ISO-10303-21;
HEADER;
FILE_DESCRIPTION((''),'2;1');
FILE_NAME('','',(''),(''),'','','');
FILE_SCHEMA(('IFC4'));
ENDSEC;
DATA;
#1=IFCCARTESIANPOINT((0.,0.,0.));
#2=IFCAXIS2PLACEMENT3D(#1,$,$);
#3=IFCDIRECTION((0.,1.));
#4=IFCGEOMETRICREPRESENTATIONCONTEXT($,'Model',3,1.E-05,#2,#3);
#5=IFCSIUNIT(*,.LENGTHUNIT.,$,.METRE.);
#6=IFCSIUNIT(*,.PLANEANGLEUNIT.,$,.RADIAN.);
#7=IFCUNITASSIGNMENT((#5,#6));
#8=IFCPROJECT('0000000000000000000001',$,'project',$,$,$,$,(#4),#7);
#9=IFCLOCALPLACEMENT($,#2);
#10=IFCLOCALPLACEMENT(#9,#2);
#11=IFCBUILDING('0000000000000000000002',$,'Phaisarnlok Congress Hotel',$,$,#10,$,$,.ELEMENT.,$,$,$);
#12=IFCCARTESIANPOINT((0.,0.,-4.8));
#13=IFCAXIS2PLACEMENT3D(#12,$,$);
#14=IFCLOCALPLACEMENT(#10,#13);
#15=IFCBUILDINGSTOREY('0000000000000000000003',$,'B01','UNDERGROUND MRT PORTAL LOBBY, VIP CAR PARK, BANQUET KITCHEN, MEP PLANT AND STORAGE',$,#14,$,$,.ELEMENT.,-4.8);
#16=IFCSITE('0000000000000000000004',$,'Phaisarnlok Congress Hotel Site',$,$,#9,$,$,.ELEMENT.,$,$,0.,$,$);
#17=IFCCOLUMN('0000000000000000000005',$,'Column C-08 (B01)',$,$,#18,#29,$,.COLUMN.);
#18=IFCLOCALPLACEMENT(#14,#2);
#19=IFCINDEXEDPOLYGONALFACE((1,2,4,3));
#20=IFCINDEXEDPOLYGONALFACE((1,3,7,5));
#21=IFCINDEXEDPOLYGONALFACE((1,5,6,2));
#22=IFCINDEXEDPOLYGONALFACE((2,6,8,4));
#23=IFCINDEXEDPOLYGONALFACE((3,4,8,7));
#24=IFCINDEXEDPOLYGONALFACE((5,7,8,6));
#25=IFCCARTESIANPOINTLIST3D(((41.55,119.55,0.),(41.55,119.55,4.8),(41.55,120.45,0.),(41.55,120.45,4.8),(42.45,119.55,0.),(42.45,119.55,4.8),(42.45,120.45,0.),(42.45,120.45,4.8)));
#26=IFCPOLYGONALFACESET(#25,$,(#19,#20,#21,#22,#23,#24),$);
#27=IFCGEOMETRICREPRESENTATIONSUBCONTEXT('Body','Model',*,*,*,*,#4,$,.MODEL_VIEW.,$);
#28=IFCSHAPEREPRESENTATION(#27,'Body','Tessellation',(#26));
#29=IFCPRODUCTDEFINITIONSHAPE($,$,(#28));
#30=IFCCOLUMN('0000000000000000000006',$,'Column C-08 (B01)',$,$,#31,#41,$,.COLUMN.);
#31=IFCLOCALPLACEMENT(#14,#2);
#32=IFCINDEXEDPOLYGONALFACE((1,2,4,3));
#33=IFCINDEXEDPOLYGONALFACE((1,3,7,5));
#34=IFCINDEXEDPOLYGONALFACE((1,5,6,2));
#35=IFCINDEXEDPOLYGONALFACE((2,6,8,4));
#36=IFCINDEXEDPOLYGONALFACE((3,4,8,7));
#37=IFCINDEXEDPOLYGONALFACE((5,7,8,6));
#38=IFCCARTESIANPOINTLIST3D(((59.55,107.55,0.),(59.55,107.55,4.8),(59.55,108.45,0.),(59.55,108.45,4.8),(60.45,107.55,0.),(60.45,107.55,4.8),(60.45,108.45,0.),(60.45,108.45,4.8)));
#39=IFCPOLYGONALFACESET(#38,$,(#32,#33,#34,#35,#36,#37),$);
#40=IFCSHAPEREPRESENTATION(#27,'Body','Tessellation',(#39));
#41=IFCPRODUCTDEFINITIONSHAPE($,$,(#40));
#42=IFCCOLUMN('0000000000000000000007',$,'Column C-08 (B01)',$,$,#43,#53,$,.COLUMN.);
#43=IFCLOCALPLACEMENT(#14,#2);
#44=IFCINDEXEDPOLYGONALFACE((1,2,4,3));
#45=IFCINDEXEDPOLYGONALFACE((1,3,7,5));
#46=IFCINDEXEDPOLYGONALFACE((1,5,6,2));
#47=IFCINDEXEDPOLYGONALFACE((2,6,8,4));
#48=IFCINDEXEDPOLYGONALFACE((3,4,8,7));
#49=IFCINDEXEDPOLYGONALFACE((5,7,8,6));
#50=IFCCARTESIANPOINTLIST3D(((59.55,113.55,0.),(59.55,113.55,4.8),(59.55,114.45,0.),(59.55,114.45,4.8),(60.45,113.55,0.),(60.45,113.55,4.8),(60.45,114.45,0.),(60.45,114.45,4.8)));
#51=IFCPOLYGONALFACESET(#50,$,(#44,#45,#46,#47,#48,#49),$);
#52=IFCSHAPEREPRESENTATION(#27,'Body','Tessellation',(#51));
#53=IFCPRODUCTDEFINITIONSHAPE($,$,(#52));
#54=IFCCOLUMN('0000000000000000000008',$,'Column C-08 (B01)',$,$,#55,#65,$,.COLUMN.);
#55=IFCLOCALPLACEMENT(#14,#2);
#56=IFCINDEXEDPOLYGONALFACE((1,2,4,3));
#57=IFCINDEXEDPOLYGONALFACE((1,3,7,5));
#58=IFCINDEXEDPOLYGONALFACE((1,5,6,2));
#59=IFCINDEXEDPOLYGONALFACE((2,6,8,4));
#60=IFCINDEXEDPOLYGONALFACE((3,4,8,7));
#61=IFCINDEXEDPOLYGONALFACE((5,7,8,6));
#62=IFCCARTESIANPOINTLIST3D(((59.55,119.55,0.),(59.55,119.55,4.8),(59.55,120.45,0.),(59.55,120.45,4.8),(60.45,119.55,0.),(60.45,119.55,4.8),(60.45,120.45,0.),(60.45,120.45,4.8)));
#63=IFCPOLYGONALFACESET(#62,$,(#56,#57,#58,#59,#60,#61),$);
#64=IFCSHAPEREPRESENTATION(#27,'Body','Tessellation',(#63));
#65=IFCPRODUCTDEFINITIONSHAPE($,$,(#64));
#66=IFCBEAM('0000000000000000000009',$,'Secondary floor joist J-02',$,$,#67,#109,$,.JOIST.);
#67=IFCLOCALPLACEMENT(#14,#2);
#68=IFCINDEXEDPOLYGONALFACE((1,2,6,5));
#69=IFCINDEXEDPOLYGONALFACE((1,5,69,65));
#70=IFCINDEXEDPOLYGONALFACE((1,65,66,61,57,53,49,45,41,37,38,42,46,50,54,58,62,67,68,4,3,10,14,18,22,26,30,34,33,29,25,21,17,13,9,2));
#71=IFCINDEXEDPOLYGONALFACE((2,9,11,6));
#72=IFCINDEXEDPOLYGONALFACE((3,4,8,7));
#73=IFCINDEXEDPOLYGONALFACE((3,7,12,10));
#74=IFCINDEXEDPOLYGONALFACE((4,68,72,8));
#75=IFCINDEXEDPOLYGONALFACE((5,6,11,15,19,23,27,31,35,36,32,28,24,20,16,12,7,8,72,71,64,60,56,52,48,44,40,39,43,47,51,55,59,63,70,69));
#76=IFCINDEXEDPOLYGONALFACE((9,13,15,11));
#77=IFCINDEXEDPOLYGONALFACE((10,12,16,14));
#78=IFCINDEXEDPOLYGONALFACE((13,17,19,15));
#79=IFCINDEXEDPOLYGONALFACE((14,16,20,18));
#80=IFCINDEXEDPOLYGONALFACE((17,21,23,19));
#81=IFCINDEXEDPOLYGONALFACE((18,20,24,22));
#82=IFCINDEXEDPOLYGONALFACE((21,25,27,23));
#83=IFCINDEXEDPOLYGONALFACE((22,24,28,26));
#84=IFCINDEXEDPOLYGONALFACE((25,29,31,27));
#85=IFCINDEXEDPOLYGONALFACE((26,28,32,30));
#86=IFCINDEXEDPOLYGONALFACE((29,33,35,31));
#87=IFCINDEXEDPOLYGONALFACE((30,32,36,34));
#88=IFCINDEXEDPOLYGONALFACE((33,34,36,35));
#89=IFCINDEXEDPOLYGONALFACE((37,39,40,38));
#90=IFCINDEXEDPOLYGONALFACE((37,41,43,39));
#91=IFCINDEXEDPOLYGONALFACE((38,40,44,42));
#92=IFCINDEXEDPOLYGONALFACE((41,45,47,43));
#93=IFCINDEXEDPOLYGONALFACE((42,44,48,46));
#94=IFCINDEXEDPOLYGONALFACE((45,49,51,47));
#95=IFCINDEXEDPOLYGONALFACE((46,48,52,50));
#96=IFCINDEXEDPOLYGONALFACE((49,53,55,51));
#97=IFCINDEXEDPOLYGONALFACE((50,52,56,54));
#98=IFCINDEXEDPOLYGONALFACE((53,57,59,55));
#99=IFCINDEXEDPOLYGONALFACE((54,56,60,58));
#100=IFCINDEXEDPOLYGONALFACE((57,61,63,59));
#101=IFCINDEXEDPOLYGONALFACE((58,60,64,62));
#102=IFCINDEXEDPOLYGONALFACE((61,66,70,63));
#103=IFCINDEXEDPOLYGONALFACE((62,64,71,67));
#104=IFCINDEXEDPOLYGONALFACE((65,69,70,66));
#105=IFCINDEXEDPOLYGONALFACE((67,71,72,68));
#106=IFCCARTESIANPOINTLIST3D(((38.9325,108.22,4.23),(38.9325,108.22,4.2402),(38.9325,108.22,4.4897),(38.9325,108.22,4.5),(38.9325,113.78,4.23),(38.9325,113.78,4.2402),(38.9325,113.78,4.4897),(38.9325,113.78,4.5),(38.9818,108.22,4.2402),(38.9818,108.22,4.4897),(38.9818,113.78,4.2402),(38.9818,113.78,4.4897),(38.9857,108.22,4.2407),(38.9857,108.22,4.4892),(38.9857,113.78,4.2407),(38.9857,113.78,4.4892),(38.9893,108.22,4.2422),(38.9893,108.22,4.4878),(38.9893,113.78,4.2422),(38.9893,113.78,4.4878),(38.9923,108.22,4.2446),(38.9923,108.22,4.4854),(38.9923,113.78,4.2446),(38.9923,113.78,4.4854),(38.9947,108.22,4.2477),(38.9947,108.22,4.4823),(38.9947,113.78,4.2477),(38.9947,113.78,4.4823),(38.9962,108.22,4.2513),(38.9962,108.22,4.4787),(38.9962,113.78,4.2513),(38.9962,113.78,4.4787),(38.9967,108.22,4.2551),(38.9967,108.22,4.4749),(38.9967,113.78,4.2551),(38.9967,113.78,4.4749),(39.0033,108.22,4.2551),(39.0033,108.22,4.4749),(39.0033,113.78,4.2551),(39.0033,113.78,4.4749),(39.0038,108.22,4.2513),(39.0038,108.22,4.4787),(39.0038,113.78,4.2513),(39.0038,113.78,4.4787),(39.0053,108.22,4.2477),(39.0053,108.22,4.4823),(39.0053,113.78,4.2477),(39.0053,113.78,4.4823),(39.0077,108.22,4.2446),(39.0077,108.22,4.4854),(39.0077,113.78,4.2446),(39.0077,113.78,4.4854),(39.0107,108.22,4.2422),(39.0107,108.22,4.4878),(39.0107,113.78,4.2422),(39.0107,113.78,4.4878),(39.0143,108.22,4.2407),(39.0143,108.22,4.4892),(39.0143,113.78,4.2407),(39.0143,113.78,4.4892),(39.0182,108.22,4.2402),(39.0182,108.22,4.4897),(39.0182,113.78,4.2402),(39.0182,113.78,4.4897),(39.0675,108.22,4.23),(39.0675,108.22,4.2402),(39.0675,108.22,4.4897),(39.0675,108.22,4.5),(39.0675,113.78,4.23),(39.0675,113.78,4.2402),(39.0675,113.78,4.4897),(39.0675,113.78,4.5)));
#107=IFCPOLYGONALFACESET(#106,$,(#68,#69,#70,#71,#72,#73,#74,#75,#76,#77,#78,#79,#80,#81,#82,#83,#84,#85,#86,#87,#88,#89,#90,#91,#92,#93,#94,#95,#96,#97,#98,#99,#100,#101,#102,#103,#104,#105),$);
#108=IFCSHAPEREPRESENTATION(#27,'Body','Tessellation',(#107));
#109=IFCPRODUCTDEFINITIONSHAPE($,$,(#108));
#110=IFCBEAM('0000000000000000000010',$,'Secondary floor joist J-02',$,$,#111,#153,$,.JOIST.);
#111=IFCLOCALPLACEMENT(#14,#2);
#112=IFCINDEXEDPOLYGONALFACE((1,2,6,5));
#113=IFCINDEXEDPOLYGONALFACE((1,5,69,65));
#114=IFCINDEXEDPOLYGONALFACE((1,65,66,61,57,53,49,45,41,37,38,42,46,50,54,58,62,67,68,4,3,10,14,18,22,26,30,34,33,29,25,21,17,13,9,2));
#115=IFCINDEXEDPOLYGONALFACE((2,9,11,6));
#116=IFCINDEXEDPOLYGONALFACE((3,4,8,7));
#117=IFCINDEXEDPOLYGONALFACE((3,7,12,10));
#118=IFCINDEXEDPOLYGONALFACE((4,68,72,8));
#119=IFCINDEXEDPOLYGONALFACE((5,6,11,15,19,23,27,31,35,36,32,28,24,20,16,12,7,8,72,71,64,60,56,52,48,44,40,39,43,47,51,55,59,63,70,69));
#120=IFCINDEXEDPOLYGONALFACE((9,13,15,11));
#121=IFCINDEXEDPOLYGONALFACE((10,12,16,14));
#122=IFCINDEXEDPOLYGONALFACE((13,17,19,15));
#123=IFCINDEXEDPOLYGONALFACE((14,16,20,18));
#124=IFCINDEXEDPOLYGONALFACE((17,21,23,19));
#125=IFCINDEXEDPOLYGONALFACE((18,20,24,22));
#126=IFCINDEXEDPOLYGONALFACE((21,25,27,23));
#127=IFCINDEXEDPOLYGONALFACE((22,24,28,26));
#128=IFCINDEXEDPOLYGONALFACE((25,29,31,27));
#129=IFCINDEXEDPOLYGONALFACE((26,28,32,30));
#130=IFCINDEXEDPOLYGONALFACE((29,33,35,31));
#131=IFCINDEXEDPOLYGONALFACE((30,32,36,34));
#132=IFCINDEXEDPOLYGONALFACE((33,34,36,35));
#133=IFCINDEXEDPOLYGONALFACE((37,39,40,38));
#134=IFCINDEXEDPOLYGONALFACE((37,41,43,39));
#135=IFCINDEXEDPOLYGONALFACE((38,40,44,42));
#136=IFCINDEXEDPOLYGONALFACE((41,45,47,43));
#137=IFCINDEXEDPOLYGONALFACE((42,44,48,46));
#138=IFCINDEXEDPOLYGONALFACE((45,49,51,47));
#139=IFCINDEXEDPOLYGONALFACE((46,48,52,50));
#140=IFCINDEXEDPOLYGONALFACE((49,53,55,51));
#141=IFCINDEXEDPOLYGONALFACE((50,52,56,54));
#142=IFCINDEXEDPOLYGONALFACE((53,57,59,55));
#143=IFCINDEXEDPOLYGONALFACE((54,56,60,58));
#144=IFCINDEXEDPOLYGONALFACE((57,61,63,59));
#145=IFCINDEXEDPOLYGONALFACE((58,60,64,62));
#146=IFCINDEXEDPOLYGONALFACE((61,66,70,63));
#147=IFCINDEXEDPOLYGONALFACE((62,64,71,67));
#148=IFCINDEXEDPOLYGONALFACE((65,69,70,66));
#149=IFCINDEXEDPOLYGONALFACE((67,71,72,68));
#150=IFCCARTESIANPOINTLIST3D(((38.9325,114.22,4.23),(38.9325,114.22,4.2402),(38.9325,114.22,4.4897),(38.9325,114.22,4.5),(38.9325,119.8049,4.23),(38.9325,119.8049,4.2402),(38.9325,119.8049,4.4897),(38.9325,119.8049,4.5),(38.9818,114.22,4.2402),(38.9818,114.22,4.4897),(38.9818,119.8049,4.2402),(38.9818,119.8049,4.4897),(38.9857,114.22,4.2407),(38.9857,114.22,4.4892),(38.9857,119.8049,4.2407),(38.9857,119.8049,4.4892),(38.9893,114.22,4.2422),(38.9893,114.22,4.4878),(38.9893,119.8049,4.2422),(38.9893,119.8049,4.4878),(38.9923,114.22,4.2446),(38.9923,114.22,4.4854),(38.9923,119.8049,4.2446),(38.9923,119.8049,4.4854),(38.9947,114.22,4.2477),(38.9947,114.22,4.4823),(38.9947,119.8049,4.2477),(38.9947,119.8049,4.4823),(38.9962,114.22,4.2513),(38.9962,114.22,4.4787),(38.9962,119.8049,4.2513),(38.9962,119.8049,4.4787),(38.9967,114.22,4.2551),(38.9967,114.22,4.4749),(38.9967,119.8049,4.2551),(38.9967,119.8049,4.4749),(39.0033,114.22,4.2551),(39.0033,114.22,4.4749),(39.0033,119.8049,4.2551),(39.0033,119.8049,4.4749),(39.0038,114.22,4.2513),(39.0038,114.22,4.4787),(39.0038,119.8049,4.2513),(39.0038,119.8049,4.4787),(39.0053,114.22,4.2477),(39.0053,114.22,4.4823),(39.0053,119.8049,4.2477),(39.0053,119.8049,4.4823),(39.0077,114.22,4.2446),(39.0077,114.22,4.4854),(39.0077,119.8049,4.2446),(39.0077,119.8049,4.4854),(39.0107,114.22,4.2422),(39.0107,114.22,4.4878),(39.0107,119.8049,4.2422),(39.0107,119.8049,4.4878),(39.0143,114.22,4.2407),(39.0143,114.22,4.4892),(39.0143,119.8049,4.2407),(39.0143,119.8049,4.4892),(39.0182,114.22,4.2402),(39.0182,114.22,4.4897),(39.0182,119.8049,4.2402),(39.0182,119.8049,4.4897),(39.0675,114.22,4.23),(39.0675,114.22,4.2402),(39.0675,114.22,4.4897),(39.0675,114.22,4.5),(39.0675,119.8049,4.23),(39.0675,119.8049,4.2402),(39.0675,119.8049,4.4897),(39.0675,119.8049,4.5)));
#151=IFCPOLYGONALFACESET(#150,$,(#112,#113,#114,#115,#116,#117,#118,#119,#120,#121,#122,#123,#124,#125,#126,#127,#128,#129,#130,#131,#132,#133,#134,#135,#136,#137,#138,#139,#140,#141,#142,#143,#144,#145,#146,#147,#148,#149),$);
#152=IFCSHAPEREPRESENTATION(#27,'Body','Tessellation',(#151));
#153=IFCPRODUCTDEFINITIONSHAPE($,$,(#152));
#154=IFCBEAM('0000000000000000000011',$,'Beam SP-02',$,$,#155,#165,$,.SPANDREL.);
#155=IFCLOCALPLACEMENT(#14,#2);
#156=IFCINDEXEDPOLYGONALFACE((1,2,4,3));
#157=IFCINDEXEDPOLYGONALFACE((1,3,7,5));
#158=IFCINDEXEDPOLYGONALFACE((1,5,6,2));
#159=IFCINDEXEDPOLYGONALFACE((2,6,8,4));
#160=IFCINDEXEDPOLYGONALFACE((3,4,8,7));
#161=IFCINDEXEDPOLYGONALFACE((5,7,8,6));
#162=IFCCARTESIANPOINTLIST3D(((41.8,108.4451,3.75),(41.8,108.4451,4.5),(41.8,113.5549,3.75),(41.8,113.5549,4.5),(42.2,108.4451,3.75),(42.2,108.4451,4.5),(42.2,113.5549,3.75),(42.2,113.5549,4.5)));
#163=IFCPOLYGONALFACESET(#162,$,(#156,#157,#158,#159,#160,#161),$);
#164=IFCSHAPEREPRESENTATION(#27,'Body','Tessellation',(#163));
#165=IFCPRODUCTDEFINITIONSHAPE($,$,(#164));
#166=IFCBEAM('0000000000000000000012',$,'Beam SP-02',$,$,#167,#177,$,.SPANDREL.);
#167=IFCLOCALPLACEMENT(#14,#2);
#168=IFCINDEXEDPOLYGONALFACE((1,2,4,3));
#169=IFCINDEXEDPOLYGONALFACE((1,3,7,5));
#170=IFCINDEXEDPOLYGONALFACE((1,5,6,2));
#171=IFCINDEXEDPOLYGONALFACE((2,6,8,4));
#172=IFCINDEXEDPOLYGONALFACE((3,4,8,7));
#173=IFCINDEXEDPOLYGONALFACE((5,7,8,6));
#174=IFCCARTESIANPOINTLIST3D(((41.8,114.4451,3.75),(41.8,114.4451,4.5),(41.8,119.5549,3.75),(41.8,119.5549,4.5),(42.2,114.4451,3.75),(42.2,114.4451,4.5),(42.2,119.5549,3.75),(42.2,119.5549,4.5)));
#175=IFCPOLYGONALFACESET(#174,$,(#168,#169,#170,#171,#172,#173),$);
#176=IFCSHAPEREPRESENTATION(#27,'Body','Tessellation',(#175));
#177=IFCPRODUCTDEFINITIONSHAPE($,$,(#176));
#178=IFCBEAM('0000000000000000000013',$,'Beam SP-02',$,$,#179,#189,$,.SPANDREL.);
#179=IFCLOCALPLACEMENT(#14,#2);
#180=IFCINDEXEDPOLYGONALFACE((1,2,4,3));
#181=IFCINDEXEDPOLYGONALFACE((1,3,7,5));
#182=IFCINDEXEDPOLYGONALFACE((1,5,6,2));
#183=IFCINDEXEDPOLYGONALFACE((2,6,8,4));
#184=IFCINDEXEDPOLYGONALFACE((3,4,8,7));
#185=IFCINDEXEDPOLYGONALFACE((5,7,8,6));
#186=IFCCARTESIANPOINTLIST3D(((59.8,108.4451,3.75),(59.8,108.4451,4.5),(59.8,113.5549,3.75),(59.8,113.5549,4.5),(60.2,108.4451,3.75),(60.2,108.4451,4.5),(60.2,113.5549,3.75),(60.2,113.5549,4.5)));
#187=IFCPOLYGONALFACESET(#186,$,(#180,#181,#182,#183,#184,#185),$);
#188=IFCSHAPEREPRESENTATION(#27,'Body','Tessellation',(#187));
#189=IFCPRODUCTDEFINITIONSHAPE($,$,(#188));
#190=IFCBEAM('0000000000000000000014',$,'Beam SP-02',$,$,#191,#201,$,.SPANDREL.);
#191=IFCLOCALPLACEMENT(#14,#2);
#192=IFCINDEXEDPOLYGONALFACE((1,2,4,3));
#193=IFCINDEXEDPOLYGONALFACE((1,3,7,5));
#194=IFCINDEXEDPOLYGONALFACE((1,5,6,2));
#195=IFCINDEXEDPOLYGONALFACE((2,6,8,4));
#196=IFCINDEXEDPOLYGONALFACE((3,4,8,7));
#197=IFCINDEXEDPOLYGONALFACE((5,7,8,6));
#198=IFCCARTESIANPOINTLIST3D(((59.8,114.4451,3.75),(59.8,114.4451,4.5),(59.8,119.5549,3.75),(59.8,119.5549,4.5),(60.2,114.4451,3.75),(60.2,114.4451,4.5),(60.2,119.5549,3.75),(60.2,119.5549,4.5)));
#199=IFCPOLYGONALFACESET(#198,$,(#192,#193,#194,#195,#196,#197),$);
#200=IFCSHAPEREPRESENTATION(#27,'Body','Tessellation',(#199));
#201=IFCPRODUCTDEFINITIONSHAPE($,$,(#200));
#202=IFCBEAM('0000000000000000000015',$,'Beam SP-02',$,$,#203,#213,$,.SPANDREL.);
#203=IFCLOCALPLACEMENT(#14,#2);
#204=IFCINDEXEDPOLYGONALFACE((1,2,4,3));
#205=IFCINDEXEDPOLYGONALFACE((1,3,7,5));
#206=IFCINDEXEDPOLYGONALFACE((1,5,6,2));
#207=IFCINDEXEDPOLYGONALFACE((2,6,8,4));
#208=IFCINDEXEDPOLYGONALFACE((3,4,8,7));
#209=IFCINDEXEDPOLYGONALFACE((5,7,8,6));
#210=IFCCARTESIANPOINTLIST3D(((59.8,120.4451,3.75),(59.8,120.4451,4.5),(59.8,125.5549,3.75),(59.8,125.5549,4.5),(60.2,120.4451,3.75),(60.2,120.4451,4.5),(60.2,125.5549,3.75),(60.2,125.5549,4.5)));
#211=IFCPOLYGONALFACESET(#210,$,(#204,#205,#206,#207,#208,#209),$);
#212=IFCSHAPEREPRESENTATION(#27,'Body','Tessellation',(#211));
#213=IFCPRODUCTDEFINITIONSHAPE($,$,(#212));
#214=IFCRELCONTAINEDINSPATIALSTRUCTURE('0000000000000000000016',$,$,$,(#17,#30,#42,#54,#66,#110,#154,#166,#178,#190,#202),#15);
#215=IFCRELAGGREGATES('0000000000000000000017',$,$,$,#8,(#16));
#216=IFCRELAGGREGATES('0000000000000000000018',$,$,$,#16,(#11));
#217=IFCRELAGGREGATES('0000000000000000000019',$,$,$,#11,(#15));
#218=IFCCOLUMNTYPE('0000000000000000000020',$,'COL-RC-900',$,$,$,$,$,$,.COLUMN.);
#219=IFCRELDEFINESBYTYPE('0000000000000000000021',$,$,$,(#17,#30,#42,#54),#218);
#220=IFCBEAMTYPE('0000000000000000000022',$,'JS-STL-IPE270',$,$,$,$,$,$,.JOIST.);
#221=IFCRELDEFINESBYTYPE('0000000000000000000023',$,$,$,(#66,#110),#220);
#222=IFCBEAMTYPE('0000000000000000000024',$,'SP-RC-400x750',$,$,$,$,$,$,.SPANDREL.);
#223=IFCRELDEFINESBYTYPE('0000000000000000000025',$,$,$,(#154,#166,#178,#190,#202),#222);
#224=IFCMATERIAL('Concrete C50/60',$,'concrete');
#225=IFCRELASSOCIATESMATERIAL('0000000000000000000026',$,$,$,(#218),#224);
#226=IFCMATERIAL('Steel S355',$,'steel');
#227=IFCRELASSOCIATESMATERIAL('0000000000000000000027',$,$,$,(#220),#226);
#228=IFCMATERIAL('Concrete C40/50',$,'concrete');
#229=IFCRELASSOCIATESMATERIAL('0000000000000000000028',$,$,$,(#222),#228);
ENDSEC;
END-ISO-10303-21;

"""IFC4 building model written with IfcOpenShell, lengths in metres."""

from ifc_helpers import new_model, si_unit, direction, frame, origin, origin_2d, place, context, subcontext, project, spatial, rectangle, i_section, extrude, material, material_profile, profile_set, type_object, element, save


model = new_model("IFC4")

# Units and contexts
model_context = context("Model", 3, precision=1e-05, world=origin(), true_north=direction((0.0, 1.0)))
body_context = subcontext(model_context, "Body", "Model", "MODEL_VIEW")
ifc_project = project(units=[si_unit("LENGTHUNIT", "METRE"), si_unit("PLANEANGLEUNIT", "RADIAN")], contexts=[model_context])

# Site, building, storey
site_placement = place(None, origin())
site = spatial("IfcSite", under=ifc_project, at=site_placement, Name="Phaisarnlok Congress Hotel Site", CompositionType="ELEMENT", RefElevation=0.0)
building_placement = place(site_placement, origin())
building = spatial("IfcBuilding", under=site, at=building_placement, Name="Phaisarnlok Congress Hotel", CompositionType="ELEMENT")
storey_placement = place(building_placement, frame((0.0, 0.0, -4.8)))
storey = spatial("IfcBuildingStorey", under=building, at=storey_placement, Name="B01", Description="UNDERGROUND MRT PORTAL LOBBY, VIP CAR PARK, BANQUET KITCHEN, MEP PLANT AND STORAGE", CompositionType="ELEMENT", Elevation=-4.8)

# Shared definitions
ifc_material_1 = material(Name="Concrete C40/50", Category="concrete")

# Columns
ifc_material_2 = material(Name="Concrete C50/60", Category="concrete")
ifc_material_profile_1 = material_profile(ifc_material_2, rectangle(XDim=0.8999, YDim=0.8999, at=origin_2d()), Name="RC 900x900")
ifc_profile_set_1 = profile_set([ifc_material_profile_1], Name="Concrete C50/60")
column_type = type_object("IfcColumnType", Name="COL-RC-900", PredefinedType="COLUMN", material=ifc_profile_set_1)
for number, where, z_axis, x_axis, name in (
    (1, (42.0, 120.0, 0.0), (0.0, 0.0, 1.0), (1.0, 0.0, 0.0), "Column C-08 (B01)"),
    (2, (60.0, 108.0, 0.0), (0.0, 0.0, 1.0), (1.0, 0.0, 0.0), "Column C-08 (B01)"),
    (3, (60.0, 114.0, 0.0), (0.0, 0.0, 1.0), (1.0, 0.0, 0.0), "Column C-08 (B01)"),
    (4, (60.0, 120.0, 0.0), (0.0, 0.0, 1.0), (1.0, 0.0, 0.0), "Column C-08 (B01)"),
):
    element("IfcColumn", number, at=place(storey_placement, frame(where, z_axis=z_axis, x_axis=x_axis)), inside=storey, type_object=column_type, Name=name, PredefinedType="COLUMN", context=body_context, shape_type="SweptSolid", body=[
        extrude(rectangle(XDim=0.8999, YDim=0.8999, at=origin_2d()), origin(), (0.0, 0.0, 1.0), 4.8),
    ])

# Beams
ifc_material_3 = material(Name="Steel S355", Category="steel")
ifc_material_profile_2 = material_profile(ifc_material_3, i_section(OverallWidth=0.135, OverallDepth=0.27, WebThickness=0.0066, FlangeThickness=0.0103, FilletRadius=0.0149, at=origin_2d()), Name="IPE 270")
ifc_profile_set_2 = profile_set([ifc_material_profile_2], Name="Steel S355")
beam_type_1 = type_object("IfcBeamType", Name="JS-STL-IPE270", PredefinedType="JOIST", material=ifc_profile_set_2)
beam_1_placement = place(storey_placement, frame((39.0, 108.22, 4.365), z_axis=(0.0, 1.0, 0.0), x_axis=(-1.0, 0.0, 0.0)))
element("IfcBeam", 5, at=beam_1_placement, inside=storey, type_object=beam_type_1, Name="Secondary floor joist J-02", PredefinedType="JOIST", context=body_context, shape_type="SweptSolid", body=[
    extrude(i_section(OverallWidth=0.135, OverallDepth=0.27, WebThickness=0.0066, FlangeThickness=0.0103, FilletRadius=0.0149, at=origin_2d()), origin(), (0.0, 0.0, 1.0), 5.5601),
])
beam_2_placement = place(storey_placement, frame((39.0, 114.22, 4.365), z_axis=(0.0, 1.0, 0.0), x_axis=(-1.0, 0.0, 0.0)))
element("IfcBeam", 6, at=beam_2_placement, inside=storey, type_object=beam_type_1, Name="Secondary floor joist J-02", PredefinedType="JOIST", context=body_context, shape_type="SweptSolid", body=[
    extrude(i_section(OverallWidth=0.135, OverallDepth=0.27, WebThickness=0.0066, FlangeThickness=0.0103, FilletRadius=0.0149, at=origin_2d()), origin(), (0.0, 0.0, 1.0), 5.585),
])
ifc_material_profile_3 = material_profile(ifc_material_1, rectangle(XDim=0.3999, YDim=0.75, at=origin_2d()), Name="RC 400x750")
ifc_profile_set_3 = profile_set([ifc_material_profile_3], Name="Concrete C40/50")
beam_type_2 = type_object("IfcBeamType", Name="SP-RC-400x750", PredefinedType="SPANDREL", material=ifc_profile_set_3)
for number, where, z_axis, x_axis, name in (
    (7, (42.0, 108.4451, 4.125), (0.0, 1.0, 0.0), (-1.0, 0.0, 0.0), "Beam SP-02"),
    (8, (42.0, 114.4451, 4.125), (0.0, 1.0, 0.0), (-1.0, 0.0, 0.0), "Beam SP-02"),
    (9, (60.0, 108.4451, 4.125), (0.0, 1.0, 0.0), (-1.0, 0.0, 0.0), "Beam SP-02"),
    (10, (60.0, 114.4451, 4.125), (0.0, 1.0, 0.0), (-1.0, 0.0, 0.0), "Beam SP-02"),
    (11, (60.0, 120.4451, 4.125), (0.0, 1.0, 0.0), (-1.0, 0.0, 0.0), "Beam SP-02"),
):
    element("IfcBeam", number, at=place(storey_placement, frame(where, z_axis=z_axis, x_axis=x_axis)), inside=storey, type_object=beam_type_2, Name=name, PredefinedType="SPANDREL", context=body_context, shape_type="SweptSolid", body=[
        extrude(rectangle(XDim=0.3999, YDim=0.75, at=origin_2d()), origin(), (0.0, 0.0, 1.0), 5.1099),
    ])

save(model, "model.ifc")
